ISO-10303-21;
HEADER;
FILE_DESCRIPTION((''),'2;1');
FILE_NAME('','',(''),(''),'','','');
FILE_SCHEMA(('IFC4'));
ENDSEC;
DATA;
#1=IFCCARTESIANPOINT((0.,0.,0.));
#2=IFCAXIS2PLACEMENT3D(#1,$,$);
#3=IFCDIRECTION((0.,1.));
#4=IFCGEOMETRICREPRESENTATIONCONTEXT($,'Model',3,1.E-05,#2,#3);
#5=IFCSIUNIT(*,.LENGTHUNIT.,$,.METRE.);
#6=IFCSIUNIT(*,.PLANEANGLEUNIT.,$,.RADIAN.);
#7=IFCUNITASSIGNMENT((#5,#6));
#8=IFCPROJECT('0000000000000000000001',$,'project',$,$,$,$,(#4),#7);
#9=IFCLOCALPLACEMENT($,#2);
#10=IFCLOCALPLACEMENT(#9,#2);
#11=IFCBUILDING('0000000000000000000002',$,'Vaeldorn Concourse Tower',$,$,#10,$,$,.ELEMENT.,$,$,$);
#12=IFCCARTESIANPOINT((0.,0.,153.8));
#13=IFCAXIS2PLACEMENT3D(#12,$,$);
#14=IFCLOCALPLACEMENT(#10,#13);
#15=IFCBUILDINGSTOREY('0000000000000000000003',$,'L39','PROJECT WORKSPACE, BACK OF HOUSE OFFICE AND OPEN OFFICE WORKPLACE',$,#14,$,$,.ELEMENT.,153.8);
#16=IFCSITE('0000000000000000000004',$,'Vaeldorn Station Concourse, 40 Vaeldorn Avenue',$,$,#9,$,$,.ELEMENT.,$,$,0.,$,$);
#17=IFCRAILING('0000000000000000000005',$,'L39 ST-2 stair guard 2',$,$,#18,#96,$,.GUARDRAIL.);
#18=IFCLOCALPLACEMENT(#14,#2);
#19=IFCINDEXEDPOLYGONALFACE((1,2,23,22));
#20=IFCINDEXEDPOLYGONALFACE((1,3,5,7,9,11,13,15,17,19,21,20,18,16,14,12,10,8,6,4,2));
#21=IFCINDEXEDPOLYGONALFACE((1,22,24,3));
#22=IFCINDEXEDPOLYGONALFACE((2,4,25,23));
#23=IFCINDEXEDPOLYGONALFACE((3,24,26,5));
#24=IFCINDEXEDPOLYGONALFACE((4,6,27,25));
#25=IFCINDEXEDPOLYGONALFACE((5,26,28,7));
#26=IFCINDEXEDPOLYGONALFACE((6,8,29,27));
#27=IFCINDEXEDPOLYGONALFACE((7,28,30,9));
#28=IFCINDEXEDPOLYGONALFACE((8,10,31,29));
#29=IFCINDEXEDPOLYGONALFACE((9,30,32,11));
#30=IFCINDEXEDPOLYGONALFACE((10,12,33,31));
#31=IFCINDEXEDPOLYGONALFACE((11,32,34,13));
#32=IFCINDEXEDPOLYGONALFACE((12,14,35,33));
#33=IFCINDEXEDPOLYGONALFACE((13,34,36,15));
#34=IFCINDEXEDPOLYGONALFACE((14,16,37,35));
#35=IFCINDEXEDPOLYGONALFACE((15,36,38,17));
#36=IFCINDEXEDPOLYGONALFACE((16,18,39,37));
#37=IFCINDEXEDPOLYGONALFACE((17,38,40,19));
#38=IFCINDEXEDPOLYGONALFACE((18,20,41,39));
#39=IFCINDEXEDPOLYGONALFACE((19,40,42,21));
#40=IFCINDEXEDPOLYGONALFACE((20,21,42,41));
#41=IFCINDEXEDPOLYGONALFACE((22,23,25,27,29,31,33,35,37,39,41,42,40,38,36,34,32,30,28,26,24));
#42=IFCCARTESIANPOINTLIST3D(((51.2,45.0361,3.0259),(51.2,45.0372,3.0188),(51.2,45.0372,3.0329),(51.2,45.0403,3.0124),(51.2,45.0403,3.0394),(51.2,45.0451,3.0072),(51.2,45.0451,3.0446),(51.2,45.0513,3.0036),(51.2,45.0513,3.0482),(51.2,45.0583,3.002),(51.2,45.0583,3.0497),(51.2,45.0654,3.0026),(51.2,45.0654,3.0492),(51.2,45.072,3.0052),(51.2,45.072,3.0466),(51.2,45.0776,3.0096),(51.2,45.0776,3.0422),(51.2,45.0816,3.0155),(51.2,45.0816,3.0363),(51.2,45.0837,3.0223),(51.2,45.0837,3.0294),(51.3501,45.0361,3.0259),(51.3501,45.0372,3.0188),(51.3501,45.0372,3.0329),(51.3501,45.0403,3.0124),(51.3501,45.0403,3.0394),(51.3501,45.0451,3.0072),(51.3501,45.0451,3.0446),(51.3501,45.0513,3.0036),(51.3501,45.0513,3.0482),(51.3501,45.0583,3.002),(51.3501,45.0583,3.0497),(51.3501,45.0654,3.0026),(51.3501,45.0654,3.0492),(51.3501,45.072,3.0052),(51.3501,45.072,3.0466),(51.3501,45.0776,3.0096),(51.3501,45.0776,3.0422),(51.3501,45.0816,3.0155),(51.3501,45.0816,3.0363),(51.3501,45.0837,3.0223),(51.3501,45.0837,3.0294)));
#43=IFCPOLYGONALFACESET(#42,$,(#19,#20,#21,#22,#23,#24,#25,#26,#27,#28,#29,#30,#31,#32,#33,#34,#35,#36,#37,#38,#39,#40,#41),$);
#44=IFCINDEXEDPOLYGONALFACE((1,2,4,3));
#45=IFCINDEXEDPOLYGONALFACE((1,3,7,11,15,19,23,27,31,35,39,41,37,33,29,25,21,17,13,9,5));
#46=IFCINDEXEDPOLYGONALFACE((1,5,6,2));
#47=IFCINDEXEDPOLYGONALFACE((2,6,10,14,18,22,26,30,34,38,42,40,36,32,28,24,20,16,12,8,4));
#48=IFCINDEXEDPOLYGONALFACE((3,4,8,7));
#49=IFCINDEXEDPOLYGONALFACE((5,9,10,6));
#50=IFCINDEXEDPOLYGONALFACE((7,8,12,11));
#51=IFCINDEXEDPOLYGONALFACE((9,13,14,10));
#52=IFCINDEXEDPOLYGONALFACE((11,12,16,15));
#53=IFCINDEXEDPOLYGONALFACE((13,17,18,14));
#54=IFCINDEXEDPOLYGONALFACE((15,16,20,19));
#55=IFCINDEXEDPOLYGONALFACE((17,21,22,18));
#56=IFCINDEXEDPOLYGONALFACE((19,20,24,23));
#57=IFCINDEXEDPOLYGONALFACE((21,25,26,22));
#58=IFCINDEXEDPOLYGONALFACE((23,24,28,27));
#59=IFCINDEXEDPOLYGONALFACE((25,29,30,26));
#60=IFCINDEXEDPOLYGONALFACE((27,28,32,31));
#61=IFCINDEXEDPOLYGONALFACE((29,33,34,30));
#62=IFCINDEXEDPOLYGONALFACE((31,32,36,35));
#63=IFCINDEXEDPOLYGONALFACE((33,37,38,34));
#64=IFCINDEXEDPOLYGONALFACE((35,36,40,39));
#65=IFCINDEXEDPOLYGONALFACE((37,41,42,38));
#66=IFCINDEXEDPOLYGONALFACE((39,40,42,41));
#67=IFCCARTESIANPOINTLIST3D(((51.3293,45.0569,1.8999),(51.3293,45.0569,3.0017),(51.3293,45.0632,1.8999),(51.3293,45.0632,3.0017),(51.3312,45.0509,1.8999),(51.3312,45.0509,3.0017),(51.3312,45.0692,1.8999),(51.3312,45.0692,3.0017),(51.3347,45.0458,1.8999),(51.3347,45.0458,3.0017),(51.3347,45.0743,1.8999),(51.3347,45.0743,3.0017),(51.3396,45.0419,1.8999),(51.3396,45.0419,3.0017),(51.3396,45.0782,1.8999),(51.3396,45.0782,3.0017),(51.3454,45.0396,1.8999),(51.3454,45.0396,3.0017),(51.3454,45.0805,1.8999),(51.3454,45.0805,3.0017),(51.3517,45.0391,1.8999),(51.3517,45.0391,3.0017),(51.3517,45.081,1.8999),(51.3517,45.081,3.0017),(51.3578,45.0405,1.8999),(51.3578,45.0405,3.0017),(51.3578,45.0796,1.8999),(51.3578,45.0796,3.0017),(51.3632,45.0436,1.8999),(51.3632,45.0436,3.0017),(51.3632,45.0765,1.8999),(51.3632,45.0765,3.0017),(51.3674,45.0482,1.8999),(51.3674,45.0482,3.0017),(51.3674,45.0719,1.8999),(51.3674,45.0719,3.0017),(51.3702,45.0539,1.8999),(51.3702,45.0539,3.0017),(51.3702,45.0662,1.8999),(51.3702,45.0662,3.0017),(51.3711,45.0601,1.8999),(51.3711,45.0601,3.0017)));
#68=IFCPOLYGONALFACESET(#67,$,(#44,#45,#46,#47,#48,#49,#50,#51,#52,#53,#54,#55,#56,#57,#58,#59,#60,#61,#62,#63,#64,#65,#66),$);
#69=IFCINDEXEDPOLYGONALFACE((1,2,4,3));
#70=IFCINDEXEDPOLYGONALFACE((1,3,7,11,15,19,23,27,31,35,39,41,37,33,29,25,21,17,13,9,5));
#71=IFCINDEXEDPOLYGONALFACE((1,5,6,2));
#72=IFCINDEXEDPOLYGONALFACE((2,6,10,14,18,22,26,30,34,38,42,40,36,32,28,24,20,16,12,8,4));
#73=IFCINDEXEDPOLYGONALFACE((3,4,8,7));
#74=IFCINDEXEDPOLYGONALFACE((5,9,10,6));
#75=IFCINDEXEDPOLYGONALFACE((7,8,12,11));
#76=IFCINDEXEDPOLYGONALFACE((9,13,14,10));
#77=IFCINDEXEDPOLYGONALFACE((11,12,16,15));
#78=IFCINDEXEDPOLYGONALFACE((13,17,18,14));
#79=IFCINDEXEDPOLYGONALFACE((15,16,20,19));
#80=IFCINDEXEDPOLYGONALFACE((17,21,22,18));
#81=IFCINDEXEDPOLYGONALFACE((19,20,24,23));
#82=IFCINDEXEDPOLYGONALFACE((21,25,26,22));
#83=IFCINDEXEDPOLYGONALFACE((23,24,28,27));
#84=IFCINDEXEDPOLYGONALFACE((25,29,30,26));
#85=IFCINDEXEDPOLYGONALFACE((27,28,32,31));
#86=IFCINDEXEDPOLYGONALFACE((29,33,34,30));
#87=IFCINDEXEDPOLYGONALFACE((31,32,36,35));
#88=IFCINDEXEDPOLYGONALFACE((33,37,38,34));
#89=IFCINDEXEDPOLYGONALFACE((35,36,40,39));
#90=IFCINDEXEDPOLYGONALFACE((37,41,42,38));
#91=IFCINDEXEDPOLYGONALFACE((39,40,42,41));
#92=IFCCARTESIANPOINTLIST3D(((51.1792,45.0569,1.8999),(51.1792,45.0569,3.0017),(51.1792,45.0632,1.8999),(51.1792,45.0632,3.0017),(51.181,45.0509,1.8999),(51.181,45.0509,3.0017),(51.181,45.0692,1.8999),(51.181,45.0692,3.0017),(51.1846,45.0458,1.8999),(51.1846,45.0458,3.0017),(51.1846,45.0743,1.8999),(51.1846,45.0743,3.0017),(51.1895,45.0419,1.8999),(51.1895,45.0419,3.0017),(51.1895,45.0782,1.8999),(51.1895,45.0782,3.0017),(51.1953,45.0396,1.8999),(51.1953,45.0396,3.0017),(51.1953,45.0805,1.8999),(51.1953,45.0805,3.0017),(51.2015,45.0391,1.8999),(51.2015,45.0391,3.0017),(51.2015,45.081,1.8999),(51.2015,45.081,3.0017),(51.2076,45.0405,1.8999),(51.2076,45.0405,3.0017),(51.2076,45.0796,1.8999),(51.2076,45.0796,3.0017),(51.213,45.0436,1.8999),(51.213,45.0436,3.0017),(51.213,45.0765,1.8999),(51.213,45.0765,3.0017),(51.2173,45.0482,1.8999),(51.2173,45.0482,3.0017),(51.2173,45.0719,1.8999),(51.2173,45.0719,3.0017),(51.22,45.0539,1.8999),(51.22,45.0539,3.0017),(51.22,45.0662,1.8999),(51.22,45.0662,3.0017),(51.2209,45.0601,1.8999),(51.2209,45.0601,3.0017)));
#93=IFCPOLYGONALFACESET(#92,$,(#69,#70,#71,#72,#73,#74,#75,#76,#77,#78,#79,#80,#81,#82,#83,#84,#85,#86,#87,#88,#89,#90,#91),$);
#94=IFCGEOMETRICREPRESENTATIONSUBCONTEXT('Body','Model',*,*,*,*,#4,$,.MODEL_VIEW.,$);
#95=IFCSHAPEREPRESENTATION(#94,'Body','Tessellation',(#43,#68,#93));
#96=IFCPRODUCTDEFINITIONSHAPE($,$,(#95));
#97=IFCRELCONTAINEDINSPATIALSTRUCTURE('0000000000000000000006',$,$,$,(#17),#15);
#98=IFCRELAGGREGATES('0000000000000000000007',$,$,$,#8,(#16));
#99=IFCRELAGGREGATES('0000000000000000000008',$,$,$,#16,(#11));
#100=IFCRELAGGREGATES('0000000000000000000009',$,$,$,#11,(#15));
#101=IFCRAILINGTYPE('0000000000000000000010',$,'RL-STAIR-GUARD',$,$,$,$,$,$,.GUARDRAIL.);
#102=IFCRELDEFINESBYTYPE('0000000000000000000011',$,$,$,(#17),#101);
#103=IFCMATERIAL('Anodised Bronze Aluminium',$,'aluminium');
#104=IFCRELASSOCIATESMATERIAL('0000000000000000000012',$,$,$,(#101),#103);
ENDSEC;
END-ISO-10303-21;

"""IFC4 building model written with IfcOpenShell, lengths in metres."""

from ifc_helpers import new_model, si_unit, direction, frame, origin, origin_2d, place, context, subcontext, project, spatial, circle, extrude, material, type_object, element, save


model = new_model("IFC4")

# Units and contexts
model_context = context("Model", 3, precision=1e-05, world=origin(), true_north=direction((0.0, 1.0)))
body_context = subcontext(model_context, "Body", "Model", "MODEL_VIEW")
ifc_project = project(units=[si_unit("LENGTHUNIT", "METRE"), si_unit("PLANEANGLEUNIT", "RADIAN")], contexts=[model_context])

# Site, building, storey
site_placement = place(None, origin())
site = spatial("IfcSite", under=ifc_project, at=site_placement, Name="Vaeldorn Station Concourse, 40 Vaeldorn Avenue", CompositionType="ELEMENT", RefElevation=0.0)
building_placement = place(site_placement, origin())
building = spatial("IfcBuilding", under=site, at=building_placement, Name="Vaeldorn Concourse Tower", CompositionType="ELEMENT")
storey_placement = place(building_placement, frame((0.0, 0.0, 153.8)))
storey = spatial("IfcBuildingStorey", under=building, at=storey_placement, Name="L39", Description="PROJECT WORKSPACE, BACK OF HOUSE OFFICE AND OPEN OFFICE WORKPLACE", CompositionType="ELEMENT", Elevation=153.8)

# Shared definitions
ifc_material_1 = material(Name="Anodised Bronze Aluminium", Category="aluminium")

# Railing
railing_type_1 = type_object("IfcRailingType", Name="RL-STAIR-GUARD", PredefinedType="GUARDRAIL", material=ifc_material_1)
railing_1_placement = place(storey_placement, frame((51.3501, 45.0601, 1.8999)))
element("IfcRailing", 1, at=railing_1_placement, inside=storey, type_object=railing_type_1, Name="L39 ST-2 stair guard 2", PredefinedType="GUARDRAIL", context=body_context, shape_type="SweptSolid", body=[
    extrude(circle(Radius=0.0239, at=origin_2d()), frame((0.0, 0.0, 1.126), z_axis=(-1.0, 0.0, 0.0), x_axis=(0.0, -1.0, 0.0)), (0.0, 0.0, 1.0), 0.1501),
    extrude(circle(Radius=0.021, at=origin_2d()), origin(), (0.0, 0.0, 1.0), 1.1018),
    extrude(circle(Radius=0.021, at=origin_2d()), frame((-0.1501, 0.0, 0.0)), (0.0, 0.0, 1.0), 1.1018),
])

save(model, "model.ifc")
